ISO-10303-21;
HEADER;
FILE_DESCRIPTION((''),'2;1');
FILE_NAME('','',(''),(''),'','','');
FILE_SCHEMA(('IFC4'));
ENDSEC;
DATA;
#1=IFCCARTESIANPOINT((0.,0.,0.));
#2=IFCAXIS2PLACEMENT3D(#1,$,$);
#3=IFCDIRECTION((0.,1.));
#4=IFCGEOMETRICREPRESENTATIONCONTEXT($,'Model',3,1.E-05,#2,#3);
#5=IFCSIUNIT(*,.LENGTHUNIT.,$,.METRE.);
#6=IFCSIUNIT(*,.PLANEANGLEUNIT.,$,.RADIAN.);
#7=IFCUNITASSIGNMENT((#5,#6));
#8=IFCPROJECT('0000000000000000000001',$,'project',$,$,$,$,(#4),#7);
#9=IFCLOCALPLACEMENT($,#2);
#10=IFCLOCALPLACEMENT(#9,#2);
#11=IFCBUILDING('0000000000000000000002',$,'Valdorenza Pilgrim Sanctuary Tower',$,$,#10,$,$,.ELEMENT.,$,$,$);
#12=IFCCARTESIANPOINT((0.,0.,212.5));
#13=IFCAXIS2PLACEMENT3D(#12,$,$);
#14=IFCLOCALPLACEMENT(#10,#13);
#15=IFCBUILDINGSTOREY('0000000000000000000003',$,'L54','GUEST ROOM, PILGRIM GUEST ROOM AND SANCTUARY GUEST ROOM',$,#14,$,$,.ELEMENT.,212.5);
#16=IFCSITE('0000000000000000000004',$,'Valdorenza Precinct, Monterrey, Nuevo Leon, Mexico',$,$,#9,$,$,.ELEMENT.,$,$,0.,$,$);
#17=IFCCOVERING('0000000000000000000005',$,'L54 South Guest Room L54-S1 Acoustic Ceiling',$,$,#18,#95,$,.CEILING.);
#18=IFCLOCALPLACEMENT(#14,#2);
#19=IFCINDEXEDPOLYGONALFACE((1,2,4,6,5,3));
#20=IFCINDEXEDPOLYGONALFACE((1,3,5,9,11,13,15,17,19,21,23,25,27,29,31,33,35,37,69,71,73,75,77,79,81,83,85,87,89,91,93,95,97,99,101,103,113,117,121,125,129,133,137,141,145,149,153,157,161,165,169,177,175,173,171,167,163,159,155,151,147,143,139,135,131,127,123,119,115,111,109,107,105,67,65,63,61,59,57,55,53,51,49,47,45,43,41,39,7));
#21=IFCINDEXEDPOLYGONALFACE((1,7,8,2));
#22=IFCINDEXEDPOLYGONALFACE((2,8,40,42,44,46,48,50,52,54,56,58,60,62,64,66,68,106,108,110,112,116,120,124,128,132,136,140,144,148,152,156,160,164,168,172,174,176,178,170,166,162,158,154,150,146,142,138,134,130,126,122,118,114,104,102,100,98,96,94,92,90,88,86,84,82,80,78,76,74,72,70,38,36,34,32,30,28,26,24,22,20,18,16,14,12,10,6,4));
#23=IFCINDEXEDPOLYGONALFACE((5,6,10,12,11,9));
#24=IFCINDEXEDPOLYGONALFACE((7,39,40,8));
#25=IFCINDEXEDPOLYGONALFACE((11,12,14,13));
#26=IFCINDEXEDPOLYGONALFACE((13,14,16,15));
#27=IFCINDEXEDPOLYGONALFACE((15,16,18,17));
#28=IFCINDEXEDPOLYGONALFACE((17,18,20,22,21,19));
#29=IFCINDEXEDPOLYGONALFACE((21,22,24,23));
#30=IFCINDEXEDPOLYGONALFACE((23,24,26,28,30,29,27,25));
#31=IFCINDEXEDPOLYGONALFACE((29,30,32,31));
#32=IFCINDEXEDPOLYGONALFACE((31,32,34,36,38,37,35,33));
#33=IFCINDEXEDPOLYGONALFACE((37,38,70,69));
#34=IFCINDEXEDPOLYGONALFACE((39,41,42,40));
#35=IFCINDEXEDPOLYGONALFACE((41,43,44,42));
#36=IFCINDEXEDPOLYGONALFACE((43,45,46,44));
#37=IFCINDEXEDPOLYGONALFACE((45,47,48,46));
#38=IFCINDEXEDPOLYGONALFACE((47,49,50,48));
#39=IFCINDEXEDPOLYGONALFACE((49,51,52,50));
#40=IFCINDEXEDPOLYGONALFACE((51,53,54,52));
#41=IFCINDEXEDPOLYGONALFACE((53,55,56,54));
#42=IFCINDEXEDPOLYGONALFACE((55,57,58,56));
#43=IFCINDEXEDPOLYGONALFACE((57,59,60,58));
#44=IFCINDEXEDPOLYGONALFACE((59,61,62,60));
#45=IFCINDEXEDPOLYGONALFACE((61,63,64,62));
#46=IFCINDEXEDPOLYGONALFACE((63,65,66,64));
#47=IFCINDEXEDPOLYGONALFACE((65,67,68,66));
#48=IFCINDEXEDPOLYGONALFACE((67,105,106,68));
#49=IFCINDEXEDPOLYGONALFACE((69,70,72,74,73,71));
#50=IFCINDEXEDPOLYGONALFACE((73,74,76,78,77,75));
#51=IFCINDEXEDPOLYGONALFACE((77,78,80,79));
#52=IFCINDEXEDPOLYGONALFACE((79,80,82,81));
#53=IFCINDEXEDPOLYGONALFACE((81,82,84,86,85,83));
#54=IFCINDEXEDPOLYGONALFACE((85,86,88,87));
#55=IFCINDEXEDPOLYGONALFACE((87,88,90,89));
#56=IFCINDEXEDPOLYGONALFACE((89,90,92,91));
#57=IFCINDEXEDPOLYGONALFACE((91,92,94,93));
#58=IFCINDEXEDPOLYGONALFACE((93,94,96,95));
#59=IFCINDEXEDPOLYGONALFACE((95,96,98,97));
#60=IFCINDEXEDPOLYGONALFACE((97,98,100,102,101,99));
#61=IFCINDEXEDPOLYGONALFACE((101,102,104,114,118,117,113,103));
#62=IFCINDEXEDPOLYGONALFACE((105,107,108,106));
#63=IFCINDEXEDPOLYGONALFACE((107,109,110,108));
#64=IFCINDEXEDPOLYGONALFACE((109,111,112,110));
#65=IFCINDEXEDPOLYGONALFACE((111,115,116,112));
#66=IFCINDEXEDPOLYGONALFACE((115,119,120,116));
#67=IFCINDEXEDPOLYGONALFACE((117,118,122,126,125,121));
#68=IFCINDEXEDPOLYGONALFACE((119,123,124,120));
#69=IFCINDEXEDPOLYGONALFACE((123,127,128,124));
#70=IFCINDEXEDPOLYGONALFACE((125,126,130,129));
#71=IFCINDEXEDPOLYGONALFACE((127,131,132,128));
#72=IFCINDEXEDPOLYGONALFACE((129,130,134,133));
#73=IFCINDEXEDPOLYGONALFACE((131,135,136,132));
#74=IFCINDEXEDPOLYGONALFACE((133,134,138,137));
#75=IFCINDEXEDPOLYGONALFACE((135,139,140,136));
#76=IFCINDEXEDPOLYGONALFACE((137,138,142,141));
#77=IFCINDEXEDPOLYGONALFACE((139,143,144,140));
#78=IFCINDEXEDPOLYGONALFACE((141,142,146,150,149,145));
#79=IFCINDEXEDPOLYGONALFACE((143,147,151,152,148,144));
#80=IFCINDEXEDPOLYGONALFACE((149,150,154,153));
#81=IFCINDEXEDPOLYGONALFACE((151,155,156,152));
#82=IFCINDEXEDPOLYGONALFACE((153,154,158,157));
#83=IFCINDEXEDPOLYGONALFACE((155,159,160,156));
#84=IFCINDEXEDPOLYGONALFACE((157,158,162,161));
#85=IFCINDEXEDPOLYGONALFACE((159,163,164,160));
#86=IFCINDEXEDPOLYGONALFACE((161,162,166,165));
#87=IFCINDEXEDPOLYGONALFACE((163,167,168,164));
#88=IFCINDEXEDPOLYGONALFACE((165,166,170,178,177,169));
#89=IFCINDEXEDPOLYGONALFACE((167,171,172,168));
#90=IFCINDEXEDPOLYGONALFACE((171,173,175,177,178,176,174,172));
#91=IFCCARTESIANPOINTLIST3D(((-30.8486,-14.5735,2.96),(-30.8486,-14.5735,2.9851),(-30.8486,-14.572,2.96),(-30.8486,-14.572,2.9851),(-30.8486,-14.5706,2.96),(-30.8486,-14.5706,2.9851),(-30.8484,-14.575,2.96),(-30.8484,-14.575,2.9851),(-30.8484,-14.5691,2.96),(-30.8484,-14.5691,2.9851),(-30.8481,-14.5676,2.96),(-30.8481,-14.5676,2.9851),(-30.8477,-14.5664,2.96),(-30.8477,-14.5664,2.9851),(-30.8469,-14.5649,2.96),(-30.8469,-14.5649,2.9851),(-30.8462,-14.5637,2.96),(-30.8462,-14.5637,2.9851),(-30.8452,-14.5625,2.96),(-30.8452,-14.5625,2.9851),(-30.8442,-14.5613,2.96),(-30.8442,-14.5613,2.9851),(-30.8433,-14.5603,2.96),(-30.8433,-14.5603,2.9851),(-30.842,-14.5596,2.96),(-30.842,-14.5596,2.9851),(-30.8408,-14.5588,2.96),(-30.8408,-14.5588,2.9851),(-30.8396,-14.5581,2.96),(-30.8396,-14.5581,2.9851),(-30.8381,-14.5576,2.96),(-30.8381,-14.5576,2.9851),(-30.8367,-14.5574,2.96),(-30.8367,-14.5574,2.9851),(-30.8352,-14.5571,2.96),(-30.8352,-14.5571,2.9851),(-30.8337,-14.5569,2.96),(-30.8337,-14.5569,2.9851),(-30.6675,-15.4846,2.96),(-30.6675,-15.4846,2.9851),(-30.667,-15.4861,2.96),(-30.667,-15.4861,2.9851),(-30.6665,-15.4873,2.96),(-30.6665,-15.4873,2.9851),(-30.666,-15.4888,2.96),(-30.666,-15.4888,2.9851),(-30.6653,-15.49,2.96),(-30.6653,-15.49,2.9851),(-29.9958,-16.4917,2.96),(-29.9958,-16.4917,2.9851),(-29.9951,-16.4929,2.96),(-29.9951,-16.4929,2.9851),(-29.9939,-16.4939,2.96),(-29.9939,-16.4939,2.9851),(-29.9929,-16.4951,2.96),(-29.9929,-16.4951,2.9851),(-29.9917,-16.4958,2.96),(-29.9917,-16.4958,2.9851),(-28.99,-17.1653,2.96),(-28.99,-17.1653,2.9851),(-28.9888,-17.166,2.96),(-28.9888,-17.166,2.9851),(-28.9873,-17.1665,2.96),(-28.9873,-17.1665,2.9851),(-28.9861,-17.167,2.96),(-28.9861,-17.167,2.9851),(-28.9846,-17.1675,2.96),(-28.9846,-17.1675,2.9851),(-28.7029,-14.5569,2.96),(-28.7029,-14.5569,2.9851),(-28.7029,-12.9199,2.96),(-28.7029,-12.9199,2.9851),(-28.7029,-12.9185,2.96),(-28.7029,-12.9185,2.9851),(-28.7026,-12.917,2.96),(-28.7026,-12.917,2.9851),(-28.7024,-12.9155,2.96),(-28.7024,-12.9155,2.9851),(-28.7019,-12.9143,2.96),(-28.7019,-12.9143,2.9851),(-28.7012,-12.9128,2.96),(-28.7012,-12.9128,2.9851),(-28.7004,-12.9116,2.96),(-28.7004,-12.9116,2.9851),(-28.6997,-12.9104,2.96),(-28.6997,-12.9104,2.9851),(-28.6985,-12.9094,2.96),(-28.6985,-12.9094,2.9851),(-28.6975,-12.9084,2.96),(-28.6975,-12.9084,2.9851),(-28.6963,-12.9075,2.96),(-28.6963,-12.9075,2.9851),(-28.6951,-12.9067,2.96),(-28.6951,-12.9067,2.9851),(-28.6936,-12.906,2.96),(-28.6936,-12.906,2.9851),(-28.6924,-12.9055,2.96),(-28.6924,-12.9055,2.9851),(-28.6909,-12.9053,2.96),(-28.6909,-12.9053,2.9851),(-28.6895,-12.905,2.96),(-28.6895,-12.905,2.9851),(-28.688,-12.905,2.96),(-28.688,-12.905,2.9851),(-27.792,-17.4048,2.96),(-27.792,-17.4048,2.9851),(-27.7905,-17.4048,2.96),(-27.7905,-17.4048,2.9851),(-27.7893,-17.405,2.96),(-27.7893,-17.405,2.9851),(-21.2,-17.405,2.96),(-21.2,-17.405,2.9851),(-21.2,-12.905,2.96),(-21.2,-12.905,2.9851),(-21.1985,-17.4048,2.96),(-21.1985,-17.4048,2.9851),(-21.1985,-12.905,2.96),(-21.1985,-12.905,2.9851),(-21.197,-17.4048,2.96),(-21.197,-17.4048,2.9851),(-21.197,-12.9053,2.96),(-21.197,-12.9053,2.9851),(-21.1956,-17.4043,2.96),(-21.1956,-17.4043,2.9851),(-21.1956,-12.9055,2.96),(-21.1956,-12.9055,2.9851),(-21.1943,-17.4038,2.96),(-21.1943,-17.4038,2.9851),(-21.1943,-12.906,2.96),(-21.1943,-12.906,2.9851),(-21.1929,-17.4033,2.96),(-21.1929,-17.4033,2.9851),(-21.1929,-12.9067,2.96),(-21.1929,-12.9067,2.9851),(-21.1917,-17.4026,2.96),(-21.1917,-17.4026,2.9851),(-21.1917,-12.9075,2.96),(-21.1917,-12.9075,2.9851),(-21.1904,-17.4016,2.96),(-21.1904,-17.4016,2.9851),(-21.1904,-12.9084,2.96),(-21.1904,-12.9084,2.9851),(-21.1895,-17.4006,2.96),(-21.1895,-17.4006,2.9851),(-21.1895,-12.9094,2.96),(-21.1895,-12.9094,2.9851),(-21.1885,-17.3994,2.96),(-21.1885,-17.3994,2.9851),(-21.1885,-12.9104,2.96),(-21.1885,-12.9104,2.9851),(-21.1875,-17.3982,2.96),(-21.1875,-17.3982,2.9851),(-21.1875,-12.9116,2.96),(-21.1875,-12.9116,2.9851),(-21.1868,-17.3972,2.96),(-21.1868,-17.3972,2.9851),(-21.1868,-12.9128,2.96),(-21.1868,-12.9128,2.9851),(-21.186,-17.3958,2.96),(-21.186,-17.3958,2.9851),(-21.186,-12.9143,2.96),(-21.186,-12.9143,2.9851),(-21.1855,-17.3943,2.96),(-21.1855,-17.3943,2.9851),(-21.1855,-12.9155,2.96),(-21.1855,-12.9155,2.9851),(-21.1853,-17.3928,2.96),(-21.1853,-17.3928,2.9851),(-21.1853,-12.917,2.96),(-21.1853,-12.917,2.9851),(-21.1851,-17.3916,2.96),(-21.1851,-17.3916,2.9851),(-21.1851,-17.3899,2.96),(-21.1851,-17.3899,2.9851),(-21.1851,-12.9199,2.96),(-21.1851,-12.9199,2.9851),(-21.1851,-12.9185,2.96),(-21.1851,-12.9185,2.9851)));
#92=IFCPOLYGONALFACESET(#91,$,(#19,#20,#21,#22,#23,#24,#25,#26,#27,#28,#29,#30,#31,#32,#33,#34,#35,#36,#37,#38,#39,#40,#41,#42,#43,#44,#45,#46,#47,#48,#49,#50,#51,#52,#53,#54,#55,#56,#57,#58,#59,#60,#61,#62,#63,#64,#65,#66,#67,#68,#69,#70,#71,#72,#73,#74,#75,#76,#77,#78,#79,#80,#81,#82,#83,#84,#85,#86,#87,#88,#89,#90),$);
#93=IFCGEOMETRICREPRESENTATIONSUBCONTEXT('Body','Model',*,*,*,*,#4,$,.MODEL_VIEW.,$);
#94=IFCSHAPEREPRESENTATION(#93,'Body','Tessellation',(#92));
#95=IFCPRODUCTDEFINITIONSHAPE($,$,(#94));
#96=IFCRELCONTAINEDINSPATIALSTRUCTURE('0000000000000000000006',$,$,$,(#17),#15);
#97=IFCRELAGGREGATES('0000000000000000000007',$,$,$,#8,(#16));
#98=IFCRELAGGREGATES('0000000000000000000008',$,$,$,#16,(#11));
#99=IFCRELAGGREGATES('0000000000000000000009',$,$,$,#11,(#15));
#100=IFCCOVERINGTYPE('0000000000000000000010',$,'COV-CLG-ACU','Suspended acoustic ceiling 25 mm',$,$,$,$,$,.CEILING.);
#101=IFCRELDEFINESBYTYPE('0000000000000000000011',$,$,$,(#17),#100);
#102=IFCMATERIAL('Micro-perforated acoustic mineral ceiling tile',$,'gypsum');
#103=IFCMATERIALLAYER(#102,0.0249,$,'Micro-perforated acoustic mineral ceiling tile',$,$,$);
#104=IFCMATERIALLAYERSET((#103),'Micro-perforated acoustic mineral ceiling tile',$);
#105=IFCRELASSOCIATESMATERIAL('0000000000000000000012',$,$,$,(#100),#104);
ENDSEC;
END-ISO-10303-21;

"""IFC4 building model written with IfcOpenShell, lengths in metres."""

from ifc_helpers import new_model, si_unit, direction, frame, origin, place, context, subcontext, project, spatial, polyline, outline, extrude, material, layer, layer_set, type_object, element, save


model = new_model("IFC4")

# Units and contexts
model_context = context("Model", 3, precision=1e-05, world=origin(), true_north=direction((0.0, 1.0)))
body_context = subcontext(model_context, "Body", "Model", "MODEL_VIEW")
ifc_project = project(units=[si_unit("LENGTHUNIT", "METRE"), si_unit("PLANEANGLEUNIT", "RADIAN")], contexts=[model_context])

# Site, building, storey
site_placement = place(None, origin())
site = spatial("IfcSite", under=ifc_project, at=site_placement, Name="Valdorenza Precinct, Monterrey, Nuevo Leon, Mexico", CompositionType="ELEMENT", RefElevation=0.0)
building_placement = place(site_placement, origin())
building = spatial("IfcBuilding", under=site, at=building_placement, Name="Valdorenza Pilgrim Sanctuary Tower", CompositionType="ELEMENT")
storey_placement = place(building_placement, frame((0.0, 0.0, 212.5)))
storey = spatial("IfcBuildingStorey", under=building, at=storey_placement, Name="L54", Description="GUEST ROOM, PILGRIM GUEST ROOM AND SANCTUARY GUEST ROOM", CompositionType="ELEMENT", Elevation=212.5)

# Covering
ifc_material_1 = material(Name="Micro-perforated acoustic mineral ceiling tile", Category="gypsum")
ifc_layer_1 = layer(ifc_material_1, 0.0249, Name="Micro-perforated acoustic mineral ceiling tile")
ifc_layer_set_1 = layer_set([ifc_layer_1], Name="Micro-perforated acoustic mineral ceiling tile")
covering_type_1 = type_object("IfcCoveringType", Name="COV-CLG-ACU", Description="Suspended acoustic ceiling 25 mm", PredefinedType="CEILING", material=ifc_layer_set_1)
covering_1_placement = place(storey_placement, frame((0.0, 0.0, 2.96)))
element("IfcCovering", 1, at=covering_1_placement, inside=storey, type_object=covering_type_1, Name="L54 South Guest Room L54-S1 Acoustic Ceiling", PredefinedType="CEILING", context=body_context, shape_type="SweptSolid", body=[
    extrude(outline(polyline([(-28.7029, -14.5569), (-28.7029, -12.9199), (-28.7029, -12.9185), (-28.7026, -12.917), (-28.7024, -12.9155), (-28.7019, -12.9143), (-28.7012, -12.9128), (-28.7004, -12.9116), (-28.6997, -12.9104), (-28.6985, -12.9094), (-28.6975, -12.9084), (-28.6963, -12.9075), (-28.6951, -12.9067), (-28.6936, -12.906), (-28.6924, -12.9055), (-28.6909, -12.9053), (-28.6895, -12.905), (-28.688, -12.905), (-21.2, -12.905), (-21.1985, -12.905), (-21.197, -12.9053), (-21.1956, -12.9055), (-21.1943, -12.906), (-21.1929, -12.9067), (-21.1917, -12.9075), (-21.1904, -12.9084), (-21.1895, -12.9094), (-21.1885, -12.9104), (-21.1875, -12.9116), (-21.1868, -12.9128), (-21.186, -12.9143), (-21.1855, -12.9155), (-21.1853, -12.917), (-21.1851, -12.9185), (-21.1851, -12.9199), (-21.1851, -17.3899), (-21.1851, -17.3916), (-21.1853, -17.3928), (-21.1855, -17.3943), (-21.186, -17.3958), (-21.1868, -17.3972), (-21.1875, -17.3982), (-21.1885, -17.3994), (-21.1895, -17.4006), (-21.1904, -17.4016), (-21.1917, -17.4026), (-21.1929, -17.4033), (-21.1943, -17.4038), (-21.1956, -17.4043), (-21.197, -17.4048), (-21.1985, -17.4048), (-21.2, -17.405), (-27.7893, -17.405), (-27.7905, -17.4048), (-27.792, -17.4048), (-28.9846, -17.1675), (-28.9861, -17.167), (-28.9873, -17.1665), (-28.9888, -17.166), (-28.99, -17.1653), (-29.9917, -16.4958), (-29.9929, -16.4951), (-29.9939, -16.4939), (-29.9951, -16.4929), (-29.9958, -16.4917), (-30.6653, -15.49), (-30.666, -15.4888), (-30.6665, -15.4873), (-30.667, -15.4861), (-30.6675, -15.4846), (-30.8484, -14.575), (-30.8486, -14.5735), (-30.8486, -14.572), (-30.8486, -14.5706), (-30.8484, -14.5691), (-30.8481, -14.5676), (-30.8477, -14.5664), (-30.8469, -14.5649), (-30.8462, -14.5637), (-30.8452, -14.5625), (-30.8442, -14.5613), (-30.8433, -14.5603), (-30.842, -14.5596), (-30.8408, -14.5588), (-30.8396, -14.5581), (-30.8381, -14.5576), (-30.8367, -14.5574), (-30.8352, -14.5571), (-30.8337, -14.5569), (-28.7029, -14.5569)])), origin(), (0.0, 0.0, 1.0), 0.0251),
])

save(model, "model.ifc")
